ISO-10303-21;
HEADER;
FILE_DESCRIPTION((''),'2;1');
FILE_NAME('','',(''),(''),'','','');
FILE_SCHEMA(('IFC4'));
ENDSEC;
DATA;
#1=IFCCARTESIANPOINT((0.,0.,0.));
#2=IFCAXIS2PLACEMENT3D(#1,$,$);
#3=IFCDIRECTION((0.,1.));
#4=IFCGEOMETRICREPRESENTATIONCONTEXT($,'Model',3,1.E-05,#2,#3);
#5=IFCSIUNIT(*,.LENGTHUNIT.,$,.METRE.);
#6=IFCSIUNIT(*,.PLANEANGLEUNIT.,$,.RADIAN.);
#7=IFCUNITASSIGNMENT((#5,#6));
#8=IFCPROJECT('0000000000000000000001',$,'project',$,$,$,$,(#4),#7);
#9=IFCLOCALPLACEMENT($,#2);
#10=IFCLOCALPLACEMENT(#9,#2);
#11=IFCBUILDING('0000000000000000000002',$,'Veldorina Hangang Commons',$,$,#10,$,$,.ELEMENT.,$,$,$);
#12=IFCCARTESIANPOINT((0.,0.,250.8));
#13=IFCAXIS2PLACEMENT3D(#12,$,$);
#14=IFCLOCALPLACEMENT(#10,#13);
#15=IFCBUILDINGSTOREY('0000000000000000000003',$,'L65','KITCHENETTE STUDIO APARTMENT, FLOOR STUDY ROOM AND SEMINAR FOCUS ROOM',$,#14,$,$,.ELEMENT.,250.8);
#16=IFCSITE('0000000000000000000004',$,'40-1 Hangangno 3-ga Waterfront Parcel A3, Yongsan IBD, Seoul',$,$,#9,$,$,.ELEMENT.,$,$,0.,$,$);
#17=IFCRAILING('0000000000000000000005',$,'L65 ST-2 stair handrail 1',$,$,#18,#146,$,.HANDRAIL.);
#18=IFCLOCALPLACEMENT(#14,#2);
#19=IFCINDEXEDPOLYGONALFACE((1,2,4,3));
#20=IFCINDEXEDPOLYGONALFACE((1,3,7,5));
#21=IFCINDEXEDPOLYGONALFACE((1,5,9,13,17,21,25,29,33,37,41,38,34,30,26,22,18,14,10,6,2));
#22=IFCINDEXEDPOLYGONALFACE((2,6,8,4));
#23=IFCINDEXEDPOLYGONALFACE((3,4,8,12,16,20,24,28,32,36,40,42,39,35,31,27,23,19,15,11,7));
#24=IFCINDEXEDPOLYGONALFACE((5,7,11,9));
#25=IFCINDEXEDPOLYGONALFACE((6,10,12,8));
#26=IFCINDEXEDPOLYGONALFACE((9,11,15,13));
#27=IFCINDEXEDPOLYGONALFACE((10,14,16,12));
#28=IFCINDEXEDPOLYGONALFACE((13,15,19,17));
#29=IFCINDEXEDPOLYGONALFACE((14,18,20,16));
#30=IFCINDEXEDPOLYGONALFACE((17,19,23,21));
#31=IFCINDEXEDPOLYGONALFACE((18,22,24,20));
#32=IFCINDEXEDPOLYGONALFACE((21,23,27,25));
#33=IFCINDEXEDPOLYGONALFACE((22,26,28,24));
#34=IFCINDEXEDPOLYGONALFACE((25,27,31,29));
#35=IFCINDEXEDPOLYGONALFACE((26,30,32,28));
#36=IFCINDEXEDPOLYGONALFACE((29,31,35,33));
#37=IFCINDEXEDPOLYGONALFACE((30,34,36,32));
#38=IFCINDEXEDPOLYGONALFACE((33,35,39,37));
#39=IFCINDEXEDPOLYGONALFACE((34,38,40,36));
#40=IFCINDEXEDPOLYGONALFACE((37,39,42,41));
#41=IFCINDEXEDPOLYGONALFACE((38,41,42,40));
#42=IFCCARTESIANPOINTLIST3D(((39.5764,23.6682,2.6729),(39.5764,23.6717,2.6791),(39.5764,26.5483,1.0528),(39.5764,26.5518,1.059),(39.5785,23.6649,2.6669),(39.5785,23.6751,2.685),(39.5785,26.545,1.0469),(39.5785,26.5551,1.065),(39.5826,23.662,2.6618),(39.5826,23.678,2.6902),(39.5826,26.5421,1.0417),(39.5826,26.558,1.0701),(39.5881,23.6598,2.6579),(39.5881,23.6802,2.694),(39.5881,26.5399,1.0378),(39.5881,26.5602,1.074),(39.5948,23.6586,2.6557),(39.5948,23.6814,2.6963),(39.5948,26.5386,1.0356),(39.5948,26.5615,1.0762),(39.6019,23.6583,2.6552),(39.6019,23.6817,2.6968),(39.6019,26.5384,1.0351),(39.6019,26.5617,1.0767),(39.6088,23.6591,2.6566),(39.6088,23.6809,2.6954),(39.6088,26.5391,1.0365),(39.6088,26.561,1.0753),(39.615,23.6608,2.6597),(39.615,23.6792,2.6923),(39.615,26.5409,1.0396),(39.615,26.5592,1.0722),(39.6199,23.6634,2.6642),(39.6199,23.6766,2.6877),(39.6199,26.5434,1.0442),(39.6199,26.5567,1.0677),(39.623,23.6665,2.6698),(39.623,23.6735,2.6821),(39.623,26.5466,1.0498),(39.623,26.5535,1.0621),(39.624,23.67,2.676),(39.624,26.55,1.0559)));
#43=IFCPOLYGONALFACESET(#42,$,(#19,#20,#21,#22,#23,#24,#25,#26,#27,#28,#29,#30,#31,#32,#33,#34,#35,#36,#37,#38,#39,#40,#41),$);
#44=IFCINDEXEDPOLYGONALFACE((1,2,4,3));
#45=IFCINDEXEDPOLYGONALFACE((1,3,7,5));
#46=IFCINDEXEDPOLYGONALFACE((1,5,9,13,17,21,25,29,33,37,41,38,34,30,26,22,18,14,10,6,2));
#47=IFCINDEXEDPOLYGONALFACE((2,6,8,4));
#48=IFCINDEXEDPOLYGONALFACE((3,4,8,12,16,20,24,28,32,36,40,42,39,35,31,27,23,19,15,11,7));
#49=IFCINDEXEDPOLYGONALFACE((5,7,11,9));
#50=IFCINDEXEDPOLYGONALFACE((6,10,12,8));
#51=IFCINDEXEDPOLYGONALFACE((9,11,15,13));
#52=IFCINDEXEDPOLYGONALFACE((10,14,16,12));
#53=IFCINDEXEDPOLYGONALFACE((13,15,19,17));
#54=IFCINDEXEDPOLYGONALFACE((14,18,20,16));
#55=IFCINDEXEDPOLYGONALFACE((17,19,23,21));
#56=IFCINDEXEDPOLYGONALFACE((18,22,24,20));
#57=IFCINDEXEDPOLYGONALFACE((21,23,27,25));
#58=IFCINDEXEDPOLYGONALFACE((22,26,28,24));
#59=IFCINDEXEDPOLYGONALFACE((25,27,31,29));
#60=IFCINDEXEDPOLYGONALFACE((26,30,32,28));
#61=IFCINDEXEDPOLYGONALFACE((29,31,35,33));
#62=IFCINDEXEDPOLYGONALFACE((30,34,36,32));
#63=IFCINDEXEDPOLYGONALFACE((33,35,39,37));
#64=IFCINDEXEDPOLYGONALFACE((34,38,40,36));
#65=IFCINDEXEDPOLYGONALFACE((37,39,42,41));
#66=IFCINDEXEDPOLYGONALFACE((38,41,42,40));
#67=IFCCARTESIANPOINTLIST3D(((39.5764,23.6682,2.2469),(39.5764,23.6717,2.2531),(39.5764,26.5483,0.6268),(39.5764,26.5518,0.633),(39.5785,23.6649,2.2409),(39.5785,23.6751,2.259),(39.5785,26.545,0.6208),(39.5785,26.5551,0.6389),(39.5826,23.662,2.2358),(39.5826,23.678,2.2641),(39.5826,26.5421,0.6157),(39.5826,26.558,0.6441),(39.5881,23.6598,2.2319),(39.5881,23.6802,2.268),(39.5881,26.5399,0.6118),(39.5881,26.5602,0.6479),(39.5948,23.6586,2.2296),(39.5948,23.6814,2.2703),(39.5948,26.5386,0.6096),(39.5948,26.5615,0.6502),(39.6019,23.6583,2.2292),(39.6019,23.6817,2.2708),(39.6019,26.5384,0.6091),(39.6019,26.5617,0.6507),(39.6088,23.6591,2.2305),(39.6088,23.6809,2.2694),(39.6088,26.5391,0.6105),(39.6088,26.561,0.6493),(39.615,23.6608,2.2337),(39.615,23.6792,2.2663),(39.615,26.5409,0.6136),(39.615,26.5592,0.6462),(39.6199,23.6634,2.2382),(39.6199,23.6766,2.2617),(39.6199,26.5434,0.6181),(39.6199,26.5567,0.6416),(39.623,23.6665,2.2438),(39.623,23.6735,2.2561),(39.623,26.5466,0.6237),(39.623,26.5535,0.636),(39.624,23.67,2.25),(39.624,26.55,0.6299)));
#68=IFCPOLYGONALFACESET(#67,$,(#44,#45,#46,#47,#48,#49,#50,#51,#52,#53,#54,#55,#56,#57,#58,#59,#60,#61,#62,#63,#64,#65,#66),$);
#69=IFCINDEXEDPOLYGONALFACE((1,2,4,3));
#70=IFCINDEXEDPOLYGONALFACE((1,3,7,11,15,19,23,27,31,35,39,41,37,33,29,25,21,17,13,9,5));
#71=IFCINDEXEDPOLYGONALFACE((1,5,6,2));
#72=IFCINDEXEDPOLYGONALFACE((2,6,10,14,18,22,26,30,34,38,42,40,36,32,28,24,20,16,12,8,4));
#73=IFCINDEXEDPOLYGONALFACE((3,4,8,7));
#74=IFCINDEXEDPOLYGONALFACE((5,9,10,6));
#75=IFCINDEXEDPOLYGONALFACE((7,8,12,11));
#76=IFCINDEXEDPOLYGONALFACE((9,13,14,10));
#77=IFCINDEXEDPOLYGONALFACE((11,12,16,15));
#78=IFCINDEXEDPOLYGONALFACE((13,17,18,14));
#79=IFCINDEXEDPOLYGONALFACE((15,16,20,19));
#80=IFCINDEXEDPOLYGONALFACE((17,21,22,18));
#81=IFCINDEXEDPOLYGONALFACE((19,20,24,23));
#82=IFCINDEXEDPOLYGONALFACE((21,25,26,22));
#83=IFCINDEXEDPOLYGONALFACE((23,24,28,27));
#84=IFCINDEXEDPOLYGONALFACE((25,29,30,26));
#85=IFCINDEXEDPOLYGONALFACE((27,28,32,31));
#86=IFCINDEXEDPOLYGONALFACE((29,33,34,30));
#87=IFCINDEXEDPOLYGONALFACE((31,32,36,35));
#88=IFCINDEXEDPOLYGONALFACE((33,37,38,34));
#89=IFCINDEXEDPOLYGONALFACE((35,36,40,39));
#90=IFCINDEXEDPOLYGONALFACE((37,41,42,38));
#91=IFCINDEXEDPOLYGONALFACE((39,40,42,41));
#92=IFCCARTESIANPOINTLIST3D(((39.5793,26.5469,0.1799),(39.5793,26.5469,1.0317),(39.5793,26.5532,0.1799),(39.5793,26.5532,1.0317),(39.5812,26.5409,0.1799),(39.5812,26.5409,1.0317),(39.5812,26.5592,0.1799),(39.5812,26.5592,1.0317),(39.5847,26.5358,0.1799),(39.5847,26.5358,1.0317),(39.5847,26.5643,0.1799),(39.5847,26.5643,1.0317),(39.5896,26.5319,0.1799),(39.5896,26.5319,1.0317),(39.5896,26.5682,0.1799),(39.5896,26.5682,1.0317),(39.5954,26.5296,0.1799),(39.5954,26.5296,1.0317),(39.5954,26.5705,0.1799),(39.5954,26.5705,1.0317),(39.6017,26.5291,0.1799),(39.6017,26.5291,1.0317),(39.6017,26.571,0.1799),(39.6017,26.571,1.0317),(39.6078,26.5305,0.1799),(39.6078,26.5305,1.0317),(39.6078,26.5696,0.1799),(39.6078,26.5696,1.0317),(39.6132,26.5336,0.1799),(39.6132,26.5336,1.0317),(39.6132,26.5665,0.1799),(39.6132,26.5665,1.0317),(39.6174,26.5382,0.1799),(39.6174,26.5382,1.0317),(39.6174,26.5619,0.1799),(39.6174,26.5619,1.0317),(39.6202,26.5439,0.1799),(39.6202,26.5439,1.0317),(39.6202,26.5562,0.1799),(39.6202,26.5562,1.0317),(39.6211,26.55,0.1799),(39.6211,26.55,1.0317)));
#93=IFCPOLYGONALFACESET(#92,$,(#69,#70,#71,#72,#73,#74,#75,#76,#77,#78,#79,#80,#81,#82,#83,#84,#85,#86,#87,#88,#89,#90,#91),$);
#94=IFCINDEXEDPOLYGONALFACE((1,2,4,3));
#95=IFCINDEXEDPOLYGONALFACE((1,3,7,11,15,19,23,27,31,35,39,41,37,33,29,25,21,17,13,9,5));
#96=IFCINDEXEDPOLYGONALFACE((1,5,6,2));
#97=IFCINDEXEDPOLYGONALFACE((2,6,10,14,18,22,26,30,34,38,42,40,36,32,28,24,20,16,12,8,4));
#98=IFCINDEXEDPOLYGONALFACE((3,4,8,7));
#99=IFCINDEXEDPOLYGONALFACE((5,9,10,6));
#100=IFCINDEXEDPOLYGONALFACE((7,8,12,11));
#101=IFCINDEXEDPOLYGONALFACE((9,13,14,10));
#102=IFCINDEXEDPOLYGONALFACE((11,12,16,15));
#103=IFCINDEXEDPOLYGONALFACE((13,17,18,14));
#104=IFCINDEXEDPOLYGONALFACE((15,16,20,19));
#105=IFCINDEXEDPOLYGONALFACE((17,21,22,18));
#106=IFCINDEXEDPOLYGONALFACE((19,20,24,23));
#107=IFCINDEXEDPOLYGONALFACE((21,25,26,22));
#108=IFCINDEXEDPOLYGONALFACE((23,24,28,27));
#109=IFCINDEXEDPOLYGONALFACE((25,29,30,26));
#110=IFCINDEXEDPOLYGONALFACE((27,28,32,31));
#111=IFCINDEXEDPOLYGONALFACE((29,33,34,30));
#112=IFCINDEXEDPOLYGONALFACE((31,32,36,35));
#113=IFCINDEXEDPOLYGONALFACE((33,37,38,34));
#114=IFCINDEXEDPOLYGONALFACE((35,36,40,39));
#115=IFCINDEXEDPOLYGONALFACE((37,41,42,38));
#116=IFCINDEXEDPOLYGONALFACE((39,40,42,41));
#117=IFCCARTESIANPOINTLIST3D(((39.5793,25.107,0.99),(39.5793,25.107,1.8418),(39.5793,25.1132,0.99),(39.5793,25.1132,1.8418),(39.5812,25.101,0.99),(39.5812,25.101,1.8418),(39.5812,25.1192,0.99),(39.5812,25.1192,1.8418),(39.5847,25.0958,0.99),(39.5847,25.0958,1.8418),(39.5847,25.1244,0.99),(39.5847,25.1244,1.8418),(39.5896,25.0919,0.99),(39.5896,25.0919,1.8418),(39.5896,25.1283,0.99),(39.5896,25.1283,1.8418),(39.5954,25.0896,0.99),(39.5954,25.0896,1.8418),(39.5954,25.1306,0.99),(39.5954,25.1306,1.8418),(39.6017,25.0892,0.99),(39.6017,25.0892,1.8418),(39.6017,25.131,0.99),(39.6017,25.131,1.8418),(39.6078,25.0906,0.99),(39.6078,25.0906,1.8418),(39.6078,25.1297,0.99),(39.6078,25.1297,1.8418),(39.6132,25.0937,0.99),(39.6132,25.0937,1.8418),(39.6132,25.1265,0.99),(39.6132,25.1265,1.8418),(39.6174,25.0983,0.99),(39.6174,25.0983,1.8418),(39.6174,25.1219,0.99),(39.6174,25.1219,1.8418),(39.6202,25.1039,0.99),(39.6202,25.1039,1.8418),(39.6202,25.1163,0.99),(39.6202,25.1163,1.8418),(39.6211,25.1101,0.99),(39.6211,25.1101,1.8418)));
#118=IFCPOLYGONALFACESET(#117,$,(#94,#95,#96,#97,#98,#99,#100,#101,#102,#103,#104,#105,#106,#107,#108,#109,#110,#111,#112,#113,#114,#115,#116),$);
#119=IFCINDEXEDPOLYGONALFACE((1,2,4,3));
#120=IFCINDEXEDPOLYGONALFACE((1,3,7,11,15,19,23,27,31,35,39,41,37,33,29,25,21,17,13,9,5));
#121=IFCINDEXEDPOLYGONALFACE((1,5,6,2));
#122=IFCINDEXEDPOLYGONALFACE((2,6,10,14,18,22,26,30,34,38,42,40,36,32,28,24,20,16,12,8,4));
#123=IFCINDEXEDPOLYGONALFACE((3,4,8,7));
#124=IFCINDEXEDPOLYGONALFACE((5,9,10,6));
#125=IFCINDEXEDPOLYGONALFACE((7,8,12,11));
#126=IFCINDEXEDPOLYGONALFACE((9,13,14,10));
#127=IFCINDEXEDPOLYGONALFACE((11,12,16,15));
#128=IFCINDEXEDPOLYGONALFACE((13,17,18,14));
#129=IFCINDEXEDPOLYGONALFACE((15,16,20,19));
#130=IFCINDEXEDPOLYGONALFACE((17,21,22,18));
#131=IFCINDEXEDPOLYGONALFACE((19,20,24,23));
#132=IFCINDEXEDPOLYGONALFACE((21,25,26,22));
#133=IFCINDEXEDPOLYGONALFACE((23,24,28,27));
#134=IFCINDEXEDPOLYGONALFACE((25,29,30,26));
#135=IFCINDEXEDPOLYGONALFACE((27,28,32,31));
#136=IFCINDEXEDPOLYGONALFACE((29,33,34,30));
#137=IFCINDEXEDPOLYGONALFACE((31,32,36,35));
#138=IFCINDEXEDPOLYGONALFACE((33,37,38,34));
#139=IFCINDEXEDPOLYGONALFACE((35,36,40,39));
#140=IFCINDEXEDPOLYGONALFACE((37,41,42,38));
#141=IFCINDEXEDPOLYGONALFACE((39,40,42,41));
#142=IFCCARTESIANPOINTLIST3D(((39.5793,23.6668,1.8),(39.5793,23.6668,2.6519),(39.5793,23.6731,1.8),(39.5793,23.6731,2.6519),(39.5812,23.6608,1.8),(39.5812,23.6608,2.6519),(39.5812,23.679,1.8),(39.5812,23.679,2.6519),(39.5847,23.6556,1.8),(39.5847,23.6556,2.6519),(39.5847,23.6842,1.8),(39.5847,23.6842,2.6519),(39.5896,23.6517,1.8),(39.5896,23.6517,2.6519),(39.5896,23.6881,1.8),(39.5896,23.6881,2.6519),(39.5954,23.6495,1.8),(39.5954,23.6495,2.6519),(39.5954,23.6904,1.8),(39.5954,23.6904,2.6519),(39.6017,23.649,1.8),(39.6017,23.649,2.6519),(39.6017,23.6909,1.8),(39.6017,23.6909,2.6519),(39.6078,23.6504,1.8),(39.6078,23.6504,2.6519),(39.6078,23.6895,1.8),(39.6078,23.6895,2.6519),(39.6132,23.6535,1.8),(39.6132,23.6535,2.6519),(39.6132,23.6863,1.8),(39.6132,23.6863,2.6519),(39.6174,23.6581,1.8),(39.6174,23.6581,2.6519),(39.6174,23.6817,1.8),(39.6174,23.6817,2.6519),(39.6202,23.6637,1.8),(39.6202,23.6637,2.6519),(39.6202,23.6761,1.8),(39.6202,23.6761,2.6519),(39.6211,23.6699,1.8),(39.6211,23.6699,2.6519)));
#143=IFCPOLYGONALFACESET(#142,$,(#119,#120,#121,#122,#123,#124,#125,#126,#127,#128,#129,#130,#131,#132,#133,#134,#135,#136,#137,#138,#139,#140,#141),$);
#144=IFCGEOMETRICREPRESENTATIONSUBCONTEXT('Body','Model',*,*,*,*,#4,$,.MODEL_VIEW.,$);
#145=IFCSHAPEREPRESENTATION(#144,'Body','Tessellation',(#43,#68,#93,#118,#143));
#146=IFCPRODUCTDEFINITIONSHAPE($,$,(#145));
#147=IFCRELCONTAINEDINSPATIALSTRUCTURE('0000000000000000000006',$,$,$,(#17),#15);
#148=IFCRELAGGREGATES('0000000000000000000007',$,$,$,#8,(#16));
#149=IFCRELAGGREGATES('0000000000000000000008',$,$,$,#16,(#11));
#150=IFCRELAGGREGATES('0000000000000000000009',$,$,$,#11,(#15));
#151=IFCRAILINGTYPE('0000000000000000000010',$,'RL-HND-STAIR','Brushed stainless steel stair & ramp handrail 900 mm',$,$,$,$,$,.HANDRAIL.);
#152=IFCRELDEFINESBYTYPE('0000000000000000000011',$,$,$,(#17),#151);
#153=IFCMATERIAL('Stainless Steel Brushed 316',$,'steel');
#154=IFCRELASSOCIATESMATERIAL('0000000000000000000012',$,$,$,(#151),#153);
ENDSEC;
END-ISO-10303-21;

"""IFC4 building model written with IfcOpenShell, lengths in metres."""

from ifc_helpers import new_model, si_unit, direction, frame, origin, origin_2d, place, context, subcontext, project, spatial, circle, extrude, material, type_object, element, save


model = new_model("IFC4")

# Units and contexts
model_context = context("Model", 3, precision=1e-05, world=origin(), true_north=direction((0.0, 1.0)))
body_context = subcontext(model_context, "Body", "Model", "MODEL_VIEW")
ifc_project = project(units=[si_unit("LENGTHUNIT", "METRE"), si_unit("PLANEANGLEUNIT", "RADIAN")], contexts=[model_context])

# Site, building, storey
site_placement = place(None, origin())
site = spatial("IfcSite", under=ifc_project, at=site_placement, Name="40-1 Hangangno 3-ga Waterfront Parcel A3, Yongsan IBD, Seoul", CompositionType="ELEMENT", RefElevation=0.0)
building_placement = place(site_placement, origin())
building = spatial("IfcBuilding", under=site, at=building_placement, Name="Veldorina Hangang Commons", CompositionType="ELEMENT")
storey_placement = place(building_placement, frame((0.0, 0.0, 250.8)))
storey = spatial("IfcBuildingStorey", under=building, at=storey_placement, Name="L65", Description="KITCHENETTE STUDIO APARTMENT, FLOOR STUDY ROOM AND SEMINAR FOCUS ROOM", CompositionType="ELEMENT", Elevation=250.8)

# Railing
ifc_material_1 = material(Name="Stainless Steel Brushed 316", Category="steel")
railing_type_1 = type_object("IfcRailingType", Name="RL-HND-STAIR", Description="Brushed stainless steel stair & ramp handrail 900 mm", PredefinedType="HANDRAIL", material=ifc_material_1)
railing_1_placement = place(storey_placement, frame((39.6001, 26.55, 0.1799)))
element("IfcRailing", 1, at=railing_1_placement, inside=storey, type_object=railing_type_1, Name="L65 ST-2 stair handrail 1", PredefinedType="HANDRAIL", context=body_context, shape_type="SweptSolid", body=[
    extrude(circle(Radius=0.0239, at=origin_2d()), frame((0.0, 0.0, 0.876), z_axis=(0.0, -0.87157, 0.490272), x_axis=(1.0, 0.0, 0.0)), (0.0, 0.0, 1.0), 3.3044),
    extrude(circle(Radius=0.0239, at=origin_2d()), frame((0.0, 0.0, 0.45), z_axis=(0.0, -0.87157, 0.490272), x_axis=(1.0, 0.0, 0.0)), (0.0, 0.0, 1.0), 3.3044),
    extrude(circle(Radius=0.021, at=origin_2d()), origin(), (0.0, 0.0, 1.0), 0.8518),
    extrude(circle(Radius=0.021, at=origin_2d()), frame((0.0, -1.4399, 0.8101)), (0.0, 0.0, 1.0), 0.8518),
    extrude(circle(Radius=0.021, at=origin_2d()), frame((0.0, -2.8801, 1.6201)), (0.0, 0.0, 1.0), 0.8518),
])

save(model, "model.ifc")
